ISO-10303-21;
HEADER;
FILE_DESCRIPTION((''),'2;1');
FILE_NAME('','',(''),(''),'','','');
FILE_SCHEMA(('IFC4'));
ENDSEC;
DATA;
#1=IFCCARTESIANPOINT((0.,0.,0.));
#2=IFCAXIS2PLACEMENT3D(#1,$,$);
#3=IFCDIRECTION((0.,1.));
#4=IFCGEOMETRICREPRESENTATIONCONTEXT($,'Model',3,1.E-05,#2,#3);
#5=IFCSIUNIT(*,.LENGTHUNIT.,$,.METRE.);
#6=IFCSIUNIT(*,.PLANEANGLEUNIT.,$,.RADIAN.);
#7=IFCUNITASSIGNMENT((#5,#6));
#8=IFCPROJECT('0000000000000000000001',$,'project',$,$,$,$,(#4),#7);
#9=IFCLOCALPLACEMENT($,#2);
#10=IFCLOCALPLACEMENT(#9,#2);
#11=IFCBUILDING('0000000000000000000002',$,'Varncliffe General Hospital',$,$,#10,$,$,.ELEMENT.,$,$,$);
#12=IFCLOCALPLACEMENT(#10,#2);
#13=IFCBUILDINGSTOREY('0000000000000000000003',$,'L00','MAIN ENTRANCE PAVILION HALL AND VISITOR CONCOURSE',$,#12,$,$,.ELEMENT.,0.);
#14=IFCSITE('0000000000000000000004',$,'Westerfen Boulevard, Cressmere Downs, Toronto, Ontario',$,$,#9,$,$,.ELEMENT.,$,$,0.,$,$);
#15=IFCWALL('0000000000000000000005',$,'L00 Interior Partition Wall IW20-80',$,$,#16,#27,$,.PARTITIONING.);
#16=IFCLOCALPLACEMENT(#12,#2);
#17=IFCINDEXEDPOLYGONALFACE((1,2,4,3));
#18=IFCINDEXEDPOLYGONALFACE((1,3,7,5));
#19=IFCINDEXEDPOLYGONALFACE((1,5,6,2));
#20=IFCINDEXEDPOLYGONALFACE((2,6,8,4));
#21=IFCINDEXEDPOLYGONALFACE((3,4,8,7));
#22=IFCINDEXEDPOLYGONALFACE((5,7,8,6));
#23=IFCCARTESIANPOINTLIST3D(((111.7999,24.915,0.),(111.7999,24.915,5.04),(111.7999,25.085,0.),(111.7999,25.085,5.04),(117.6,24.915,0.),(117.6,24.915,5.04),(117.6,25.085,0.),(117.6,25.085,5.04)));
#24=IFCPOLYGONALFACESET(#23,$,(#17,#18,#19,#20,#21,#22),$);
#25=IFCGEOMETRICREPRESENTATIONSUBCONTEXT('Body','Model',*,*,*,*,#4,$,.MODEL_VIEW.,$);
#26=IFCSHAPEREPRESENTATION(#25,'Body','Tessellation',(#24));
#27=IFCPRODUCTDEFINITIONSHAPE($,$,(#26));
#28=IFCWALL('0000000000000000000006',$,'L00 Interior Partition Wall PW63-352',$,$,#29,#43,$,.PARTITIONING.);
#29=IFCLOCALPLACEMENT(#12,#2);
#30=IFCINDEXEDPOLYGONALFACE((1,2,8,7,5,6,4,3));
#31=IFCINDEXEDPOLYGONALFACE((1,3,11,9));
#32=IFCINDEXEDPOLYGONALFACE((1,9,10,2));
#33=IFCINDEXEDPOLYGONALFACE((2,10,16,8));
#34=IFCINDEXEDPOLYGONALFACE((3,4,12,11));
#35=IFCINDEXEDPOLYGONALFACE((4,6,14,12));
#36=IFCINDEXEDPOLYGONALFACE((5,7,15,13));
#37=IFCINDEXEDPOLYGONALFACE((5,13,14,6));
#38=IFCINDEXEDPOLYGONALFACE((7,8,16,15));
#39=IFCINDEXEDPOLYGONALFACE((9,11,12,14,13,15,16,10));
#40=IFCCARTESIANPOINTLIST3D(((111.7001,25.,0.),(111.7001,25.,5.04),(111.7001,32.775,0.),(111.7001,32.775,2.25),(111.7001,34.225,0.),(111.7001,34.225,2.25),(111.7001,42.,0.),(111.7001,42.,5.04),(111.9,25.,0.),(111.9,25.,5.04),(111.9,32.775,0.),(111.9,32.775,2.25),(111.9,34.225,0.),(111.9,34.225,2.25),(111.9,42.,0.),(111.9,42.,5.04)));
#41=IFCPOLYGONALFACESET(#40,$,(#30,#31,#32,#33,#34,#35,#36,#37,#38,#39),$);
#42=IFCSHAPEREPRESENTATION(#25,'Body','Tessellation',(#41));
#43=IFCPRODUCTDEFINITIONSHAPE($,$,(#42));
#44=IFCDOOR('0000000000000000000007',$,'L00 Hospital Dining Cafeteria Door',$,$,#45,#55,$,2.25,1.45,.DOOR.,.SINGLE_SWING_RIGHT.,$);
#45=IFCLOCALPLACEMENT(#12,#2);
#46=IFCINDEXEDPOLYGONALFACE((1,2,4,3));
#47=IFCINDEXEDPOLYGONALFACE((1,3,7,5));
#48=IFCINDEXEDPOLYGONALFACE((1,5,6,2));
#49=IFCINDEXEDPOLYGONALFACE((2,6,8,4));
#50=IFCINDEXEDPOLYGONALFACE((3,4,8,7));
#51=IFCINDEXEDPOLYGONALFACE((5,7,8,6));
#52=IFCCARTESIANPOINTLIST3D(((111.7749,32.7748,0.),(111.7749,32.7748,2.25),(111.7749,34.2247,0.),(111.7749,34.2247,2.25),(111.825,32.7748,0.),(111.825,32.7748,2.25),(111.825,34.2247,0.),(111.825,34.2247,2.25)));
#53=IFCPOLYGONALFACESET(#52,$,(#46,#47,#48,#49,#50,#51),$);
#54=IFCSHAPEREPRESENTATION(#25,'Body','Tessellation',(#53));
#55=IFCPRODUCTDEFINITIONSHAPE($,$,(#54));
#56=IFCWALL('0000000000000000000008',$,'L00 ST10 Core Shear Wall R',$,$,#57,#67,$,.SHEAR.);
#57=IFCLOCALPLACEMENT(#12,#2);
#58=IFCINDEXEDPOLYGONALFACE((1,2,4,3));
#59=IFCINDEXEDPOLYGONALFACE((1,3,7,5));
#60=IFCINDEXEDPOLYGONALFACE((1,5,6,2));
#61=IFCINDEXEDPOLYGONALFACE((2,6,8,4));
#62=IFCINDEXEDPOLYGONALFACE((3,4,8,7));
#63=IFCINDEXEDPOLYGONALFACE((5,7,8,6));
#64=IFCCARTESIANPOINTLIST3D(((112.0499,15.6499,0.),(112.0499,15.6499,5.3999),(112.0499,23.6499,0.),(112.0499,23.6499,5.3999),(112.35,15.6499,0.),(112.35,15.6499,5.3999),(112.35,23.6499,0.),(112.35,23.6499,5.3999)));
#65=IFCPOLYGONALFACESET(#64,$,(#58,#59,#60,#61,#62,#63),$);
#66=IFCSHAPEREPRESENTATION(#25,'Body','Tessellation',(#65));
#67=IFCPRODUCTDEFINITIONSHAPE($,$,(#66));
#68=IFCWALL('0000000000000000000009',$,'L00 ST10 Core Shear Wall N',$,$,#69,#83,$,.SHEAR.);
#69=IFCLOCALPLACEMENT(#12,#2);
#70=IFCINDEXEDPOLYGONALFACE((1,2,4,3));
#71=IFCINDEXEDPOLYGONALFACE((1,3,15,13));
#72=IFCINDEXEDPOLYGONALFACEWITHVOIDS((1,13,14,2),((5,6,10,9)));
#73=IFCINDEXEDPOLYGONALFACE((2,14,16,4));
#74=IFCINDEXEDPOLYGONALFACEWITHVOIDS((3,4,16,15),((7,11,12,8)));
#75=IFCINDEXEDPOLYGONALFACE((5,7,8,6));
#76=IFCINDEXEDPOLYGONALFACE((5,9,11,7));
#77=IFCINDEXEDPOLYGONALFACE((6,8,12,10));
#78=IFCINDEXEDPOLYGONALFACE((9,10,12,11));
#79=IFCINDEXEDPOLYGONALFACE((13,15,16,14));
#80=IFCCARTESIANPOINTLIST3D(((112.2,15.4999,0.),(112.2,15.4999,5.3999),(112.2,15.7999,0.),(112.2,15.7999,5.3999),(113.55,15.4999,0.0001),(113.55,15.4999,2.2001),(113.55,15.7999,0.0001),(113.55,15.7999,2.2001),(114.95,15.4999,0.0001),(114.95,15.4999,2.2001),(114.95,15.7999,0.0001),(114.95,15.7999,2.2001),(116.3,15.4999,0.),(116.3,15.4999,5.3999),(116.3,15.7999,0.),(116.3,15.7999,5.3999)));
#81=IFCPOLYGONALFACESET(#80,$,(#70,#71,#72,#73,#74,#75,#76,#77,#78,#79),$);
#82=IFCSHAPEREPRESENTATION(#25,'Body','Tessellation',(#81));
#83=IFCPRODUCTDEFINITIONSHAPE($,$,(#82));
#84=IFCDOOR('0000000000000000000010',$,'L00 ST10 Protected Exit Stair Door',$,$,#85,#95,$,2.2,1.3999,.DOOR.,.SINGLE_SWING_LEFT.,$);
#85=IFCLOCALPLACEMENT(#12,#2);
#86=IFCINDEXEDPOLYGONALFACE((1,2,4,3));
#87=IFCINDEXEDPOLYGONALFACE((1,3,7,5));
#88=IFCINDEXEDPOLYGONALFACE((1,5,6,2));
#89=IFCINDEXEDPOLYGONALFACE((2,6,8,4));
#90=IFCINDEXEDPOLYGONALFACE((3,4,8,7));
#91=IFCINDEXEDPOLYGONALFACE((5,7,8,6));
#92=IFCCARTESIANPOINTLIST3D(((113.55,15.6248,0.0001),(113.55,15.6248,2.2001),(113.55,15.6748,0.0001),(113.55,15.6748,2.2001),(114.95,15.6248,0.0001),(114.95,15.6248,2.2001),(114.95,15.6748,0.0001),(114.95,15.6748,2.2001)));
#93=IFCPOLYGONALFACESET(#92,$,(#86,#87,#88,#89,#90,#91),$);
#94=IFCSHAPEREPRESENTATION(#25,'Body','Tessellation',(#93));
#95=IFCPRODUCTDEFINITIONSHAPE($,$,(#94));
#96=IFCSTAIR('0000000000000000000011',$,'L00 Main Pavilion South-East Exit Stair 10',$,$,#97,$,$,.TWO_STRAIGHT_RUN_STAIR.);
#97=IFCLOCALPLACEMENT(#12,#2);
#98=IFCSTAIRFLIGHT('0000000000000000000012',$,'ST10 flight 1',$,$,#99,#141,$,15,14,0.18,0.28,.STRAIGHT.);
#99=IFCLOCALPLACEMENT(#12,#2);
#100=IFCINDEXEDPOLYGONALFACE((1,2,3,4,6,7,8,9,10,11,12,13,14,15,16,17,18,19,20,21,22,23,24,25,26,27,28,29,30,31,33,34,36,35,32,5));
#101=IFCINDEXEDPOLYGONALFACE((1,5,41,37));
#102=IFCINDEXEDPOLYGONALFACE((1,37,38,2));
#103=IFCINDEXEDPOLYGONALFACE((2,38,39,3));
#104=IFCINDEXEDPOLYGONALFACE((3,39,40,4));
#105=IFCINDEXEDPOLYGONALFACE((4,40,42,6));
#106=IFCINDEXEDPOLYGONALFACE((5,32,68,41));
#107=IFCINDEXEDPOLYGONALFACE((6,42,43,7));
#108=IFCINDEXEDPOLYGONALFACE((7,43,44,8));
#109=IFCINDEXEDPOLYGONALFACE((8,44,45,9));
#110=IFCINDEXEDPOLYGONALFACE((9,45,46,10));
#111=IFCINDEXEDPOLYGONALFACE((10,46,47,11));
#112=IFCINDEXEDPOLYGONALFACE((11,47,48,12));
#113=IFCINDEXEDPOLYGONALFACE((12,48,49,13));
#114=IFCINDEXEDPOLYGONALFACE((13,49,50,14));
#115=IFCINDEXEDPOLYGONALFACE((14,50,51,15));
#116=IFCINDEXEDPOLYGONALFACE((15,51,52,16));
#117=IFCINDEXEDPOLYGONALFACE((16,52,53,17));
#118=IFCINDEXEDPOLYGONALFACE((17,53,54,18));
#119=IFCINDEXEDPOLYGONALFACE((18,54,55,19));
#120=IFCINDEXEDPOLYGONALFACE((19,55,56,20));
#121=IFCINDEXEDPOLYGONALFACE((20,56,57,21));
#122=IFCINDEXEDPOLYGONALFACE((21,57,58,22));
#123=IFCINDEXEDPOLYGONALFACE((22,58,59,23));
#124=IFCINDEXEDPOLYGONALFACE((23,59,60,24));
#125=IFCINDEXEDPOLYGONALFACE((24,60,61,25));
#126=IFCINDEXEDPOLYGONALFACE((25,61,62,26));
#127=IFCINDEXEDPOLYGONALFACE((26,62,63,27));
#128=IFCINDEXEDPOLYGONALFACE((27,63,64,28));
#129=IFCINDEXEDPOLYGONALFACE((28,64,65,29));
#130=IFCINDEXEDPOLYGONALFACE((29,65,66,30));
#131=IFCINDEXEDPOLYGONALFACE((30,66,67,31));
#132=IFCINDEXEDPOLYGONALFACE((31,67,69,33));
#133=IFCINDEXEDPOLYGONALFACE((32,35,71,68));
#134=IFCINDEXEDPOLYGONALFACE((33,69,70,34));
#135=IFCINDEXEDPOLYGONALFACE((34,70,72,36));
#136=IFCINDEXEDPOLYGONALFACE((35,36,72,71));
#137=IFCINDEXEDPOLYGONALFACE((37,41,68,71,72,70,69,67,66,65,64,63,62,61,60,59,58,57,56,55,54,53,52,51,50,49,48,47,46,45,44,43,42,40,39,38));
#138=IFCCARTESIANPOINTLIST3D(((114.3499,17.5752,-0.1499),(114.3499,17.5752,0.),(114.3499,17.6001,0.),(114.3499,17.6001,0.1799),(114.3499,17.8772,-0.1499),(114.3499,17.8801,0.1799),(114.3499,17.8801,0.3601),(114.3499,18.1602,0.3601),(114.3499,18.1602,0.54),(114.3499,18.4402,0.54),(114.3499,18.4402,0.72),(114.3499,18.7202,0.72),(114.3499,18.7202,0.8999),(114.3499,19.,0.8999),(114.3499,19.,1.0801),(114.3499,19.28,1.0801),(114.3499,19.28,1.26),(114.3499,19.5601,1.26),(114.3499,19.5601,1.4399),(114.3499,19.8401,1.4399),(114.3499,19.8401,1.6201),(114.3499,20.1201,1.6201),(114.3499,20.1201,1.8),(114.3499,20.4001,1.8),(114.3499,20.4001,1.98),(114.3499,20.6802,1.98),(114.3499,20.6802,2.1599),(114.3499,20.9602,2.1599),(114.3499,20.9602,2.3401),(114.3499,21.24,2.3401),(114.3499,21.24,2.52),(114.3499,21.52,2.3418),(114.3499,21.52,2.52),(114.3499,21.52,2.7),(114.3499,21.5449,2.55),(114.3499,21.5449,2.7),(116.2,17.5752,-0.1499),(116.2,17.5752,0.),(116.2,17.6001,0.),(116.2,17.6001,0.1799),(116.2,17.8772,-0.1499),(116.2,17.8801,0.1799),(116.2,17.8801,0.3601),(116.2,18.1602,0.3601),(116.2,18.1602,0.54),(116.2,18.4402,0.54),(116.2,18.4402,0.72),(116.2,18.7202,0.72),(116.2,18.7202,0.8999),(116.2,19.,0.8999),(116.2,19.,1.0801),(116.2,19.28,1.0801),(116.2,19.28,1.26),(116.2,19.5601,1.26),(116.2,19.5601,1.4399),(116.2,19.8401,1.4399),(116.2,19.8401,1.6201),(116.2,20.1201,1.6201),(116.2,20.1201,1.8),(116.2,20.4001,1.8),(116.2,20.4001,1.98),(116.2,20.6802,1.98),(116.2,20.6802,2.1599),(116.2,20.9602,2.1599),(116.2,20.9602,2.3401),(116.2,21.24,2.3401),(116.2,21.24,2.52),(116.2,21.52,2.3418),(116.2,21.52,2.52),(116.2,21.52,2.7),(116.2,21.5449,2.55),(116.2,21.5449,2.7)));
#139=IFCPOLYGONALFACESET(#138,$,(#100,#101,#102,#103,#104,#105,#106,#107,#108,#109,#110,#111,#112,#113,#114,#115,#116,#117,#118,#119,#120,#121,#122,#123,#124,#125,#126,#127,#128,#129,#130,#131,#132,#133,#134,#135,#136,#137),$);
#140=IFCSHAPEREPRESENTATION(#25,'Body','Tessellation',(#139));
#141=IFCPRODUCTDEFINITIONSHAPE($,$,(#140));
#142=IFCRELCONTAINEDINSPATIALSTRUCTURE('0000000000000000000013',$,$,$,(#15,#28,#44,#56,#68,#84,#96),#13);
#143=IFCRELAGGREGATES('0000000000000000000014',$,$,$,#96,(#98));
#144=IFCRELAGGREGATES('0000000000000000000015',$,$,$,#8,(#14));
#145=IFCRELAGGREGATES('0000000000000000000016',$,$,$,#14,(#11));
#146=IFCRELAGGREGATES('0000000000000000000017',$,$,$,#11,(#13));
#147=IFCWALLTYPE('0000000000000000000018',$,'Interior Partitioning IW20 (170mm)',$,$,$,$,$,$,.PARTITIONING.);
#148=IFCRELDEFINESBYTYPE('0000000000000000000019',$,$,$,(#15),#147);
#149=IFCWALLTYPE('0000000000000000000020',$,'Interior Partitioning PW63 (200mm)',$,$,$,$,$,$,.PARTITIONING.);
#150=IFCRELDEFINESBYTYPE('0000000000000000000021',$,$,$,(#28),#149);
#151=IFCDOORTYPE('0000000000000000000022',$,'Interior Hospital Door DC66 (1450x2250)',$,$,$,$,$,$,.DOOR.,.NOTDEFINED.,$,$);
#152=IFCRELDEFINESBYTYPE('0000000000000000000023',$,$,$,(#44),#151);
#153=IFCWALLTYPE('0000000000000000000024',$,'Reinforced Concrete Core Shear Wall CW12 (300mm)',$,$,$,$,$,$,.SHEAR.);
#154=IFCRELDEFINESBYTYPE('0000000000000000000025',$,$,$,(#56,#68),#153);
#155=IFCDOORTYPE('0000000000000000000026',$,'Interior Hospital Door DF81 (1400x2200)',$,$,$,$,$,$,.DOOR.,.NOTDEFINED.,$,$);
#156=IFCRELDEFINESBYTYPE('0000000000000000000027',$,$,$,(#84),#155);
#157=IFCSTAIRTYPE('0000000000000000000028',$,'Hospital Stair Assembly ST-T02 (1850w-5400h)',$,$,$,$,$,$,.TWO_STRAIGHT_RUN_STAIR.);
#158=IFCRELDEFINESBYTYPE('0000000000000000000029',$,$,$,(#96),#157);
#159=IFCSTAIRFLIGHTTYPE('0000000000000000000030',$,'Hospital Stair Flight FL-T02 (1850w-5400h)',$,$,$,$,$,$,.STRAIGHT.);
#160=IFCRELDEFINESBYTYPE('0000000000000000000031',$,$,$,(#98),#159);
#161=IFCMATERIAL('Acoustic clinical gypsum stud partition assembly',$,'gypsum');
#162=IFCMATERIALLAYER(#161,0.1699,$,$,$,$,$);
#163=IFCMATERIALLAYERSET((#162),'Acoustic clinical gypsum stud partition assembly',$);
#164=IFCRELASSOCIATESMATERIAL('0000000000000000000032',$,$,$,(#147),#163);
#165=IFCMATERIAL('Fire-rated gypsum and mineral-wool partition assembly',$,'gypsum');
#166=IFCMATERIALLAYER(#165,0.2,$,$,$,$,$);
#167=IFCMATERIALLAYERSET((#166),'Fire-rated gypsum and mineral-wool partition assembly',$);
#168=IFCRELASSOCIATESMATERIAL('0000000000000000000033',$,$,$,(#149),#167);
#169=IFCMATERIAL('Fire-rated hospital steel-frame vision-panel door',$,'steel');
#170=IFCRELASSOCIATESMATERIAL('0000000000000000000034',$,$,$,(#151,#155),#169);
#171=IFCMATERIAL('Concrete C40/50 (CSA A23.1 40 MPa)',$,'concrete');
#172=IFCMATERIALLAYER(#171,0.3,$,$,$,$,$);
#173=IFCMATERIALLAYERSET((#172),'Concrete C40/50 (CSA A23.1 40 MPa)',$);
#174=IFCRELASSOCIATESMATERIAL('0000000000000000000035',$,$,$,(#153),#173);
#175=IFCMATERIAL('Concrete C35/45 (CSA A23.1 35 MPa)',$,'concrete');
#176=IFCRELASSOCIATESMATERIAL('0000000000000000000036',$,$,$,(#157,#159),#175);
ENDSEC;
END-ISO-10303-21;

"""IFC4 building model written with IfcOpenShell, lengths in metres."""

from ifc_helpers import new_model, si_unit, direction, frame, frame_2d, origin, place, context, subcontext, project, spatial, polyline, rectangle, outline, extrude, material, layer, layer_set, type_object, element, fill, aggregate, save


model = new_model("IFC4")

# Units and contexts
model_context = context("Model", 3, precision=1e-05, world=origin(), true_north=direction((0.0, 1.0)))
body_context = subcontext(model_context, "Body", "Model", "MODEL_VIEW")
ifc_project = project(units=[si_unit("LENGTHUNIT", "METRE"), si_unit("PLANEANGLEUNIT", "RADIAN")], contexts=[model_context])

# Site, building, storey
site_placement = place(None, origin())
site = spatial("IfcSite", under=ifc_project, at=site_placement, Name="Westerfen Boulevard, Cressmere Downs, Toronto, Ontario", CompositionType="ELEMENT", RefElevation=0.0)
building_placement = place(site_placement, origin())
building = spatial("IfcBuilding", under=site, at=building_placement, Name="Varncliffe General Hospital", CompositionType="ELEMENT")
storey_placement = place(building_placement, origin())
storey = spatial("IfcBuildingStorey", under=building, at=storey_placement, Name="L00", Description="MAIN ENTRANCE PAVILION HALL AND VISITOR CONCOURSE", CompositionType="ELEMENT", Elevation=0.0)

# Wall
ifc_material_1 = material(Name="Acoustic clinical gypsum stud partition assembly", Category="gypsum")
ifc_layer_1 = layer(ifc_material_1, 0.1699)
ifc_layer_set_1 = layer_set([ifc_layer_1], Name="Acoustic clinical gypsum stud partition assembly")
wall_type_1 = type_object("IfcWallType", Name="Interior Partitioning IW20 (170mm)", PredefinedType="PARTITIONING", material=ifc_layer_set_1)
wall_1_placement = place(storey_placement, frame((111.8, 25.0, 0.0), z_axis=(0.0, 0.0, 1.0), x_axis=(1.0, 0.0, 0.0)))
element("IfcWall", 1, at=wall_1_placement, inside=storey, type_object=wall_type_1, Name="L00 Interior Partition Wall IW20-80", PredefinedType="PARTITIONING", context=body_context, shape_type="SweptSolid", body=[
    extrude(rectangle(XDim=5.8, YDim=0.1699, at=frame_2d((2.8999, 0.0))), origin(), (0.0, 0.0, 1.0), 5.04),
])

# Wall, opening, door
ifc_material_2 = material(Name="Fire-rated gypsum and mineral-wool partition assembly", Category="gypsum")
ifc_layer_2 = layer(ifc_material_2, 0.2)
ifc_layer_set_2 = layer_set([ifc_layer_2], Name="Fire-rated gypsum and mineral-wool partition assembly")
wall_type_2 = type_object("IfcWallType", Name="Interior Partitioning PW63 (200mm)", PredefinedType="PARTITIONING", material=ifc_layer_set_2)
wall_2_placement = place(storey_placement, frame((111.8, 25.0, 0.0), z_axis=(0.0, 0.0, 1.0), x_axis=(0.0, 1.0, 0.0)))
wall_2 = element("IfcWall", 2, at=wall_2_placement, inside=storey, type_object=wall_type_2, Name="L00 Interior Partition Wall PW63-352", PredefinedType="PARTITIONING", context=body_context, shape_type="SweptSolid", body=[
    extrude(rectangle(XDim=17.0, YDim=0.2, at=frame_2d((8.5, 0.0))), origin(), (0.0, 0.0, 1.0), 5.04),
])
opening_1_placement = place(wall_2_placement, frame((7.7749, 0.0, 0.0)))
opening_1 = element("IfcOpeningElement", 3, at=opening_1_placement, cuts=wall_2, PredefinedType="OPENING", context=body_context, shape_type="SweptSolid", body=[
    extrude(rectangle(XDim=1.45, YDim=2.25, at=frame_2d((0.7251, 1.125))), frame((0.0, 0.1099, 0.0), z_axis=(0.0, -1.0, 0.0), x_axis=(1.0, 0.0, 0.0)), (0.0, 0.0, 1.0), 0.22),
])
ifc_material_3 = material(Name="Fire-rated hospital steel-frame vision-panel door", Category="steel")
door_type_1 = type_object("IfcDoorType", Name="Interior Hospital Door DC66 (1450x2250)", OperationType="NOTDEFINED", PredefinedType="DOOR", material=ifc_material_3)
door_1_placement = place(opening_1_placement, frame((1.45, 0.0, 0.0), z_axis=(0.0, 0.0, 1.0), x_axis=(-1.0, 0.0, 0.0)))
door_1 = element("IfcDoor", 4, at=door_1_placement, inside=storey, type_object=door_type_1, Name="L00 Hospital Dining Cafeteria Door", OperationType="SINGLE_SWING_RIGHT", OverallHeight=2.25, OverallWidth=1.45, PredefinedType="DOOR", context=body_context, shape_type="SweptSolid", body=[
    extrude(rectangle(XDim=1.45, YDim=2.25, at=frame_2d((0.7251, 1.125))), frame((0.0, 0.0249, 0.0), z_axis=(0.0, -1.0, 0.0), x_axis=(1.0, 0.0, 0.0)), (0.0, 0.0, 1.0), 0.05),
])
fill(opening_1, door_1)

# Wall
ifc_material_4 = material(Name="Concrete C40/50 (CSA A23.1 40 MPa)", Category="concrete")
ifc_layer_3 = layer(ifc_material_4, 0.3)
ifc_layer_set_3 = layer_set([ifc_layer_3], Name="Concrete C40/50 (CSA A23.1 40 MPa)")
wall_type_3 = type_object("IfcWallType", Name="Reinforced Concrete Core Shear Wall CW12 (300mm)", PredefinedType="SHEAR", material=ifc_layer_set_3)
wall_3_placement = place(storey_placement, frame((112.2, 23.6499, 0.0), z_axis=(0.0, 0.0, 1.0), x_axis=(0.0, -1.0, 0.0)))
element("IfcWall", 5, at=wall_3_placement, inside=storey, type_object=wall_type_3, Name="L00 ST10 Core Shear Wall R", PredefinedType="SHEAR", context=body_context, shape_type="SweptSolid", body=[
    extrude(rectangle(XDim=8.0, YDim=0.3, at=frame_2d((4.0, 0.0))), origin(), (0.0, 0.0, 1.0), 5.3999),
])

# Wall, opening, door
wall_4_placement = place(storey_placement, frame((112.2, 15.6499, 0.0), z_axis=(0.0, 0.0, 1.0), x_axis=(1.0, 0.0, 0.0)))
wall_4 = element("IfcWall", 6, at=wall_4_placement, inside=storey, type_object=wall_type_3, Name="L00 ST10 Core Shear Wall N", PredefinedType="SHEAR", context=body_context, shape_type="SweptSolid", body=[
    extrude(rectangle(XDim=4.1001, YDim=0.3, at=frame_2d((2.05, 0.0))), origin(), (0.0, 0.0, 1.0), 5.3999),
])
opening_2_placement = place(wall_4_placement, frame((1.3501, 0.0, 0.0)))
opening_2 = element("IfcOpeningElement", 7, at=opening_2_placement, cuts=wall_4, PredefinedType="OPENING", context=body_context, shape_type="SweptSolid", body=[
    extrude(rectangle(XDim=1.3999, YDim=2.2, at=frame_2d((0.7, 1.1001))), frame((0.0, 0.1602, 0.0), z_axis=(0.0, -1.0, 0.0), x_axis=(1.0, 0.0, 0.0)), (0.0, 0.0, 1.0), 0.3201),
])
door_type_2 = type_object("IfcDoorType", Name="Interior Hospital Door DF81 (1400x2200)", OperationType="NOTDEFINED", PredefinedType="DOOR", material=ifc_material_3)
door_2_placement = place(opening_2_placement, origin())
door_2 = element("IfcDoor", 8, at=door_2_placement, inside=storey, type_object=door_type_2, Name="L00 ST10 Protected Exit Stair Door", OperationType="SINGLE_SWING_LEFT", OverallHeight=2.2, OverallWidth=1.3999, PredefinedType="DOOR", context=body_context, shape_type="SweptSolid", body=[
    extrude(rectangle(XDim=1.3999, YDim=2.2, at=frame_2d((0.7, 1.1001))), frame((0.0, 0.0249, 0.0), z_axis=(0.0, -1.0, 0.0), x_axis=(1.0, 0.0, 0.0)), (0.0, 0.0, 1.0), 0.05),
])
fill(opening_2, door_2)

# Stair, stair flight
ifc_material_5 = material(Name="Concrete C35/45 (CSA A23.1 35 MPa)", Category="concrete")
stair_type = type_object("IfcStairType", Name="Hospital Stair Assembly ST-T02 (1850w-5400h)", PredefinedType="TWO_STRAIGHT_RUN_STAIR", material=ifc_material_5)
stair_placement = place(storey_placement, origin())
stair = element("IfcStair", 9, at=stair_placement, inside=storey, type_object=stair_type, Name="L00 Main Pavilion South-East Exit Stair 10", PredefinedType="TWO_STRAIGHT_RUN_STAIR")
stair_flight_type = type_object("IfcStairFlightType", Name="Hospital Stair Flight FL-T02 (1850w-5400h)", PredefinedType="STRAIGHT", material=ifc_material_5)
stair_flight_1_placement = place(storey_placement, frame((115.2749, 17.6001, 0.0), z_axis=(0.0, 0.0, 1.0), x_axis=(0.0, 1.0, 0.0)))
stair_flight_1 = element("IfcStairFlight", 10, at=stair_flight_1_placement, type_object=stair_flight_type, Name="ST10 flight 1", NumberOfRisers=15, NumberOfTreads=14, PredefinedType="STRAIGHT", RiserHeight=0.18, TreadLength=0.28, context=body_context, shape_type="SweptSolid", body=[
    extrude(outline(polyline([(-0.0249, -0.1499), (-0.0249, 0.0), (0.0, 0.0), (0.0, 0.1799), (0.28, 0.1799), (0.28, 0.3601), (0.5601, 0.3601), (0.5601, 0.54), (0.8401, 0.54), (0.8401, 0.72), (1.1201, 0.72), (1.1201, 0.8999), (1.3999, 0.8999), (1.3999, 1.0801), (1.6799, 1.0801), (1.6799, 1.26), (1.96, 1.26), (1.96, 1.4399), (2.24, 1.4399), (2.24, 1.6201), (2.52, 1.6201), (2.52, 1.8), (2.8, 1.8), (2.8, 1.98), (3.0801, 1.98), (3.0801, 2.1599), (3.3601, 2.1599), (3.3601, 2.3401), (3.6399, 2.3401), (3.6399, 2.52), (3.9199, 2.52), (3.9199, 2.7), (3.9448, 2.7), (3.9448, 2.55), (3.9199, 2.3418), (0.2771, -0.1499), (-0.0249, -0.1499)])), frame((0.0, 0.925, 0.0), z_axis=(0.0, -1.0, 0.0), x_axis=(1.0, 0.0, 0.0)), (0.0, 0.0, 1.0), 1.8501),
])
aggregate(stair, [stair_flight_1])

save(model, "model.ifc")
